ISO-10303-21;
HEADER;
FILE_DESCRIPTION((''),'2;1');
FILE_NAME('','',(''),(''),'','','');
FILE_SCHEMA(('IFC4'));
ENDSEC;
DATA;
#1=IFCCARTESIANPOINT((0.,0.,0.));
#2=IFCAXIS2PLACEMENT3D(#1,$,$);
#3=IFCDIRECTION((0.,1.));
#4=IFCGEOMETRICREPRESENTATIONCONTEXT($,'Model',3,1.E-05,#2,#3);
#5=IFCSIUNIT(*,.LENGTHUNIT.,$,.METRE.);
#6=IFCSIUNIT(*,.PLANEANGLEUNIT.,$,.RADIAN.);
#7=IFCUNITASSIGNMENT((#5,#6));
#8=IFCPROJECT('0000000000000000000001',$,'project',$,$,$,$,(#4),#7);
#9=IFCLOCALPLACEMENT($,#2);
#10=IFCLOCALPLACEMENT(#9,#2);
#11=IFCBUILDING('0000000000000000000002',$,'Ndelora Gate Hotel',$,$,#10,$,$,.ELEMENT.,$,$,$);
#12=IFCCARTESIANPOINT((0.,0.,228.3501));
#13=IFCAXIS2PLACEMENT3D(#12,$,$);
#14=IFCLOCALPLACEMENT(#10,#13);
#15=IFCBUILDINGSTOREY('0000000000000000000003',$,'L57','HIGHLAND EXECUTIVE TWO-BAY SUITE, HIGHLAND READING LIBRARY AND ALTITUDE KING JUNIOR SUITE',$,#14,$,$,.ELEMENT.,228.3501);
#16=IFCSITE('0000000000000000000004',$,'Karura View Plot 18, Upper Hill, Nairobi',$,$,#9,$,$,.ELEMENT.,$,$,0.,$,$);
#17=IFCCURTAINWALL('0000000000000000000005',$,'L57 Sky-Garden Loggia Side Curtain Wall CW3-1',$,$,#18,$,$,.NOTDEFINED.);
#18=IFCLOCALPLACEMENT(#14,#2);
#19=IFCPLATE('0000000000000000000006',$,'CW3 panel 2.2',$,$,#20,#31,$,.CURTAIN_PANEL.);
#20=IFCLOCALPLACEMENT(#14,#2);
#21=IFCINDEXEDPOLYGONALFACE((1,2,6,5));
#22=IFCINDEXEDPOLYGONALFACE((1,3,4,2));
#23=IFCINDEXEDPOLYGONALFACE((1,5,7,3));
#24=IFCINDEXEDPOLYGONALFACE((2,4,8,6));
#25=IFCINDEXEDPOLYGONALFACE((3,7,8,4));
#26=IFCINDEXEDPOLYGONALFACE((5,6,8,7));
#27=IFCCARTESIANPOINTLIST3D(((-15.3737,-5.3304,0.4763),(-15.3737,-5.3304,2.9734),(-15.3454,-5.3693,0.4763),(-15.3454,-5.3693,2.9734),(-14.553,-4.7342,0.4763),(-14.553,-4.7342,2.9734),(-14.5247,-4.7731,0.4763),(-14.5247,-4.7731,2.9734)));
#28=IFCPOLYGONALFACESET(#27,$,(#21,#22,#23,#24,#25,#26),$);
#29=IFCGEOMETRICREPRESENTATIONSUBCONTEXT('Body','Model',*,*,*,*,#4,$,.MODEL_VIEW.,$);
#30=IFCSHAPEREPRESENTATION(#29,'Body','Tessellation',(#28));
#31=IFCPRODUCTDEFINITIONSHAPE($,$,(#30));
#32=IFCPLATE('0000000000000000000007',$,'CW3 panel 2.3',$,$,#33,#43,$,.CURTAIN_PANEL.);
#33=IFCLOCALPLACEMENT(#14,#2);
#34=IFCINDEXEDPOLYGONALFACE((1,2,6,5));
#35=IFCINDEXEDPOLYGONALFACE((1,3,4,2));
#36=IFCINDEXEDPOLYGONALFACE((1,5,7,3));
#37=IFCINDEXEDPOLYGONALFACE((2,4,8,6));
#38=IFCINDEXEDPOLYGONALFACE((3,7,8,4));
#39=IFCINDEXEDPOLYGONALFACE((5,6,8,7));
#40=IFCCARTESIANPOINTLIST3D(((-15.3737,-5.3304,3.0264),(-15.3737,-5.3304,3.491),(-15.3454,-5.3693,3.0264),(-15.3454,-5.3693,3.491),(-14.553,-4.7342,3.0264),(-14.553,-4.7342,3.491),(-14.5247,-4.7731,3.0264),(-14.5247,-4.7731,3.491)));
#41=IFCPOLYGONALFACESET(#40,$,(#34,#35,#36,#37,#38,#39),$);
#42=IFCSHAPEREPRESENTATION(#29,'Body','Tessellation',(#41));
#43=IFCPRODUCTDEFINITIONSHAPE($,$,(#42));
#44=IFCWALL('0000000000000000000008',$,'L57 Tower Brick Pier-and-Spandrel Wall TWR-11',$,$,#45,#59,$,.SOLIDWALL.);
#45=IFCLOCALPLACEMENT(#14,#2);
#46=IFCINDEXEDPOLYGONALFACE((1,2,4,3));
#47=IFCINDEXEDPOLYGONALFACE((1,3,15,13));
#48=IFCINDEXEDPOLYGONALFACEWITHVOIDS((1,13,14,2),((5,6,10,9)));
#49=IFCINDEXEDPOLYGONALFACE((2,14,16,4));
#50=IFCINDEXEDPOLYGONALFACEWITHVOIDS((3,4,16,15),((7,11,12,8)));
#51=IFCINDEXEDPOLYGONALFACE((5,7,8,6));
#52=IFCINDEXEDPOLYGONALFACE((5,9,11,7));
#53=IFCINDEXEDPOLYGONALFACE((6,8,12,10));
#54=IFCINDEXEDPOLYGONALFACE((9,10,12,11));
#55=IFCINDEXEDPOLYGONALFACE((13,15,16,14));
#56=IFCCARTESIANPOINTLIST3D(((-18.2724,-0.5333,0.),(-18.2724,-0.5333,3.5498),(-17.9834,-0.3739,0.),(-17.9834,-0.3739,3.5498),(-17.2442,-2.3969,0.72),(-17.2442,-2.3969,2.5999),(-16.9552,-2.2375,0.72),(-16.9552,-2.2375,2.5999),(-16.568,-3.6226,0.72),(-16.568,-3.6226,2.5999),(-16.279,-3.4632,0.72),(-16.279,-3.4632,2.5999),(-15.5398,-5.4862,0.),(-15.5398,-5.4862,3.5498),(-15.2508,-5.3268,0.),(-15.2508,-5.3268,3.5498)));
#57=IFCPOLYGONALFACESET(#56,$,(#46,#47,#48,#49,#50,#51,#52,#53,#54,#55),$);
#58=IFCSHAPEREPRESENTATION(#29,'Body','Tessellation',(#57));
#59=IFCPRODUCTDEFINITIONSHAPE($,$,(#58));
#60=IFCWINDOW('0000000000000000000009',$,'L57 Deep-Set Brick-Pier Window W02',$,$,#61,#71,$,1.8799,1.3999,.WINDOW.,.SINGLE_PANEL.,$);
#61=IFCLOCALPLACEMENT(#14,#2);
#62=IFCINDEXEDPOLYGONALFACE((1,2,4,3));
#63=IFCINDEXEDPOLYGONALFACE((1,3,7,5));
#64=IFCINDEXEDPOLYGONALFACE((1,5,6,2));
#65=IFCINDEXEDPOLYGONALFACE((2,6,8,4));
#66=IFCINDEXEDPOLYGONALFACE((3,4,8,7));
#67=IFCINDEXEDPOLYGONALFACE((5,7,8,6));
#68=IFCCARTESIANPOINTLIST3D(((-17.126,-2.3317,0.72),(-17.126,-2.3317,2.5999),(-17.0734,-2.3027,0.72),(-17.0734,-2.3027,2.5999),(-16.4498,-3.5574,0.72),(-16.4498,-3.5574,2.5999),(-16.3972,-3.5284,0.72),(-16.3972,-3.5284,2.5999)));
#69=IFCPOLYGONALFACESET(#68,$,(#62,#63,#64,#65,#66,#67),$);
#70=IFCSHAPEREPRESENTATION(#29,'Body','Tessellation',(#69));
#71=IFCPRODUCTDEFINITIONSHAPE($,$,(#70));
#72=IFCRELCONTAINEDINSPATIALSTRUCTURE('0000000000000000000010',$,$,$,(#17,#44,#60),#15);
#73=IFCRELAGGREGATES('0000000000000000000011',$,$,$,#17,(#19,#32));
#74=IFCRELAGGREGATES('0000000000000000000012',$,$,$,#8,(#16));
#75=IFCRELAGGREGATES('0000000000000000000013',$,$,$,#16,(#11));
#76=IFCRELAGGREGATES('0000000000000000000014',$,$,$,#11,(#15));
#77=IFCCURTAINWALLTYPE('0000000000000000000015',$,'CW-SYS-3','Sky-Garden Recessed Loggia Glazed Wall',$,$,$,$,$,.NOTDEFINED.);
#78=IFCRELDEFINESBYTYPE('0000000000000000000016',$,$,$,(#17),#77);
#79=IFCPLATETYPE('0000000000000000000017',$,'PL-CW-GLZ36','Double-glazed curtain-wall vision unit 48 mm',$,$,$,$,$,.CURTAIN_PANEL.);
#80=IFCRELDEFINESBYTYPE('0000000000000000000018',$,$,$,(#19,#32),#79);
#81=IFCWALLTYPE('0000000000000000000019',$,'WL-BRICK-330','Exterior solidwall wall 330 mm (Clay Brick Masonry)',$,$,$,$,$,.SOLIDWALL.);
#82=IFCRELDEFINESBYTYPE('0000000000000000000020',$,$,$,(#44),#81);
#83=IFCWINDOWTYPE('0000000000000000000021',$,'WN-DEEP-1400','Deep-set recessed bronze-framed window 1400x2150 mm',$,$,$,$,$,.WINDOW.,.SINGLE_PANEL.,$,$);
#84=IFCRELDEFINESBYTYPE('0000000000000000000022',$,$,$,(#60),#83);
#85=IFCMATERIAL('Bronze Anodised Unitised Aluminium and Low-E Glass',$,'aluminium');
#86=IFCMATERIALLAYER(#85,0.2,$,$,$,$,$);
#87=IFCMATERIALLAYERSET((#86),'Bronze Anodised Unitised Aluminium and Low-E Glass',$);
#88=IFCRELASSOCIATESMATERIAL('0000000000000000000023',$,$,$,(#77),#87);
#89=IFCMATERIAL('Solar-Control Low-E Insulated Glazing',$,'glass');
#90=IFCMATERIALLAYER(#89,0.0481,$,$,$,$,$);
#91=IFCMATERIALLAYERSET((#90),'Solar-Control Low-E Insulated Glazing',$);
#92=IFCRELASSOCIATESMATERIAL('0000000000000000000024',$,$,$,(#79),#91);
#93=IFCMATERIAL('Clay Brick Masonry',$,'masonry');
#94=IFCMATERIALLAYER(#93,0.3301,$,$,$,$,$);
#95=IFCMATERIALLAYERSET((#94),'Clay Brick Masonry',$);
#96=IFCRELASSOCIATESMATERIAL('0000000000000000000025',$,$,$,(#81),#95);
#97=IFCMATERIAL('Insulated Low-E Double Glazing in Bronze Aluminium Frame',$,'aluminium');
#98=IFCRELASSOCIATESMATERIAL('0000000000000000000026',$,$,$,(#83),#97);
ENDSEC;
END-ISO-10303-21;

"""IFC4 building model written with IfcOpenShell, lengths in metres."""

from ifc_helpers import new_model, si_unit, direction, frame, frame_2d, origin, origin_2d, place, context, subcontext, project, spatial, rectangle, extrude, material, layer, layer_set, type_object, element, fill, aggregate, save


model = new_model("IFC4")

# Units and contexts
model_context = context("Model", 3, precision=1e-05, world=origin(), true_north=direction((0.0, 1.0)))
body_context = subcontext(model_context, "Body", "Model", "MODEL_VIEW")
ifc_project = project(units=[si_unit("LENGTHUNIT", "METRE"), si_unit("PLANEANGLEUNIT", "RADIAN")], contexts=[model_context])

# Site, building, storey
site_placement = place(None, origin())
site = spatial("IfcSite", under=ifc_project, at=site_placement, Name="Karura View Plot 18, Upper Hill, Nairobi", CompositionType="ELEMENT", RefElevation=0.0)
building_placement = place(site_placement, origin())
building = spatial("IfcBuilding", under=site, at=building_placement, Name="Ndelora Gate Hotel", CompositionType="ELEMENT")
storey_placement = place(building_placement, frame((0.0, 0.0, 228.3501)))
storey = spatial("IfcBuildingStorey", under=building, at=storey_placement, Name="L57", Description="HIGHLAND EXECUTIVE TWO-BAY SUITE, HIGHLAND READING LIBRARY AND ALTITUDE KING JUNIOR SUITE", CompositionType="ELEMENT", Elevation=228.3501)

# Curtain wall, plates
ifc_material_1 = material(Name="Bronze Anodised Unitised Aluminium and Low-E Glass", Category="aluminium")
ifc_layer_1 = layer(ifc_material_1, 0.2)
ifc_layer_set_1 = layer_set([ifc_layer_1], Name="Bronze Anodised Unitised Aluminium and Low-E Glass")
curtain_wall_type = type_object("IfcCurtainWallType", Name="CW-SYS-3", Description="Sky-Garden Recessed Loggia Glazed Wall", PredefinedType="NOTDEFINED", material=ifc_layer_set_1)
curtain_wall_placement = place(storey_placement, origin())
curtain_wall = element("IfcCurtainWall", 1, at=curtain_wall_placement, inside=storey, type_object=curtain_wall_type, Name="L57 Sky-Garden Loggia Side Curtain Wall CW3-1", PredefinedType="NOTDEFINED")
ifc_material_2 = material(Name="Solar-Control Low-E Insulated Glazing", Category="glass")
ifc_layer_2 = layer(ifc_material_2, 0.0481)
ifc_layer_set_2 = layer_set([ifc_layer_2], Name="Solar-Control Low-E Insulated Glazing")
plate_type = type_object("IfcPlateType", Name="PL-CW-GLZ36", Description="Double-glazed curtain-wall vision unit 48 mm", PredefinedType="CURTAIN_PANEL", material=ifc_layer_set_2)
plate_1_placement = place(storey_placement, frame((-14.9492, -5.0518, 0.4763), z_axis=(0.0, 0.0, 1.0), x_axis=(-0.809017, -0.587785, 0.0)))
plate_1 = element("IfcPlate", 2, at=plate_1_placement, type_object=plate_type, Name="CW3 panel 2.2", PredefinedType="CURTAIN_PANEL", context=body_context, shape_type="SweptSolid", body=[
    extrude(rectangle(XDim=1.0144, YDim=0.0481, at=origin_2d()), origin(), (0.0, 0.0, 1.0), 2.4971),
])
plate_2_placement = place(storey_placement, frame((-14.9492, -5.0518, 3.0264), z_axis=(0.0, 0.0, 1.0), x_axis=(-0.809017, -0.587785, 0.0)))
plate_2 = element("IfcPlate", 3, at=plate_2_placement, type_object=plate_type, Name="CW3 panel 2.3", PredefinedType="CURTAIN_PANEL", context=body_context, shape_type="SweptSolid", body=[
    extrude(rectangle(XDim=1.0144, YDim=0.0481, at=origin_2d()), origin(), (0.0, 0.0, 1.0), 0.4646),
])
aggregate(curtain_wall, [plate_1, plate_2])

# Wall, opening, window
ifc_material_3 = material(Name="Clay Brick Masonry", Category="masonry")
ifc_layer_3 = layer(ifc_material_3, 0.3301)
ifc_layer_set_3 = layer_set([ifc_layer_3], Name="Clay Brick Masonry")
wall_type = type_object("IfcWallType", Name="WL-BRICK-330", Description="Exterior solidwall wall 330 mm (Clay Brick Masonry)", PredefinedType="SOLIDWALL", material=ifc_layer_set_3)
wall_placement = place(storey_placement, frame((-15.3953, -5.4065, 0.0), z_axis=(0.0, 0.0, 1.0), x_axis=(-0.483083, 0.875575, 0.0)))
wall = element("IfcWall", 4, at=wall_placement, inside=storey, type_object=wall_type, Name="L57 Tower Brick Pier-and-Spandrel Wall TWR-11", PredefinedType="SOLIDWALL", context=body_context, shape_type="SweptSolid", body=[
    extrude(rectangle(XDim=5.6567, YDim=0.3301, at=frame_2d((2.8284, 0.0))), origin(), (0.0, 0.0, 1.0), 3.5498),
])
opening_placement = place(wall_placement, frame((2.1284, 0.0, 0.72)))
opening = element("IfcOpeningElement", 5, at=opening_placement, cuts=wall, PredefinedType="OPENING", context=body_context, shape_type="SweptSolid", body=[
    extrude(rectangle(XDim=1.3999, YDim=1.8799, at=frame_2d((0.7, 0.9399))), frame((0.0, 0.175, 0.0), z_axis=(0.0, -1.0, 0.0), x_axis=(1.0, 0.0, 0.0)), (0.0, 0.0, 1.0), 0.3501),
])
ifc_material_4 = material(Name="Insulated Low-E Double Glazing in Bronze Aluminium Frame", Category="aluminium")
window_type = type_object("IfcWindowType", Name="WN-DEEP-1400", Description="Deep-set recessed bronze-framed window 1400x2150 mm", PartitioningType="SINGLE_PANEL", PredefinedType="WINDOW", material=ifc_material_4)
window_placement = place(opening_placement, origin())
window = element("IfcWindow", 6, at=window_placement, inside=storey, type_object=window_type, Name="L57 Deep-Set Brick-Pier Window W02", OverallHeight=1.8799, OverallWidth=1.3999, PartitioningType="SINGLE_PANEL", PredefinedType="WINDOW", context=body_context, shape_type="SweptSolid", body=[
    extrude(rectangle(XDim=1.3999, YDim=1.8799, at=frame_2d((0.7, 0.9399))), frame((0.0, 0.03, 0.0), z_axis=(0.0, -1.0, 0.0), x_axis=(1.0, 0.0, 0.0)), (0.0, 0.0, 1.0), 0.0601),
])
fill(opening, window)

save(model, "model.ifc")
